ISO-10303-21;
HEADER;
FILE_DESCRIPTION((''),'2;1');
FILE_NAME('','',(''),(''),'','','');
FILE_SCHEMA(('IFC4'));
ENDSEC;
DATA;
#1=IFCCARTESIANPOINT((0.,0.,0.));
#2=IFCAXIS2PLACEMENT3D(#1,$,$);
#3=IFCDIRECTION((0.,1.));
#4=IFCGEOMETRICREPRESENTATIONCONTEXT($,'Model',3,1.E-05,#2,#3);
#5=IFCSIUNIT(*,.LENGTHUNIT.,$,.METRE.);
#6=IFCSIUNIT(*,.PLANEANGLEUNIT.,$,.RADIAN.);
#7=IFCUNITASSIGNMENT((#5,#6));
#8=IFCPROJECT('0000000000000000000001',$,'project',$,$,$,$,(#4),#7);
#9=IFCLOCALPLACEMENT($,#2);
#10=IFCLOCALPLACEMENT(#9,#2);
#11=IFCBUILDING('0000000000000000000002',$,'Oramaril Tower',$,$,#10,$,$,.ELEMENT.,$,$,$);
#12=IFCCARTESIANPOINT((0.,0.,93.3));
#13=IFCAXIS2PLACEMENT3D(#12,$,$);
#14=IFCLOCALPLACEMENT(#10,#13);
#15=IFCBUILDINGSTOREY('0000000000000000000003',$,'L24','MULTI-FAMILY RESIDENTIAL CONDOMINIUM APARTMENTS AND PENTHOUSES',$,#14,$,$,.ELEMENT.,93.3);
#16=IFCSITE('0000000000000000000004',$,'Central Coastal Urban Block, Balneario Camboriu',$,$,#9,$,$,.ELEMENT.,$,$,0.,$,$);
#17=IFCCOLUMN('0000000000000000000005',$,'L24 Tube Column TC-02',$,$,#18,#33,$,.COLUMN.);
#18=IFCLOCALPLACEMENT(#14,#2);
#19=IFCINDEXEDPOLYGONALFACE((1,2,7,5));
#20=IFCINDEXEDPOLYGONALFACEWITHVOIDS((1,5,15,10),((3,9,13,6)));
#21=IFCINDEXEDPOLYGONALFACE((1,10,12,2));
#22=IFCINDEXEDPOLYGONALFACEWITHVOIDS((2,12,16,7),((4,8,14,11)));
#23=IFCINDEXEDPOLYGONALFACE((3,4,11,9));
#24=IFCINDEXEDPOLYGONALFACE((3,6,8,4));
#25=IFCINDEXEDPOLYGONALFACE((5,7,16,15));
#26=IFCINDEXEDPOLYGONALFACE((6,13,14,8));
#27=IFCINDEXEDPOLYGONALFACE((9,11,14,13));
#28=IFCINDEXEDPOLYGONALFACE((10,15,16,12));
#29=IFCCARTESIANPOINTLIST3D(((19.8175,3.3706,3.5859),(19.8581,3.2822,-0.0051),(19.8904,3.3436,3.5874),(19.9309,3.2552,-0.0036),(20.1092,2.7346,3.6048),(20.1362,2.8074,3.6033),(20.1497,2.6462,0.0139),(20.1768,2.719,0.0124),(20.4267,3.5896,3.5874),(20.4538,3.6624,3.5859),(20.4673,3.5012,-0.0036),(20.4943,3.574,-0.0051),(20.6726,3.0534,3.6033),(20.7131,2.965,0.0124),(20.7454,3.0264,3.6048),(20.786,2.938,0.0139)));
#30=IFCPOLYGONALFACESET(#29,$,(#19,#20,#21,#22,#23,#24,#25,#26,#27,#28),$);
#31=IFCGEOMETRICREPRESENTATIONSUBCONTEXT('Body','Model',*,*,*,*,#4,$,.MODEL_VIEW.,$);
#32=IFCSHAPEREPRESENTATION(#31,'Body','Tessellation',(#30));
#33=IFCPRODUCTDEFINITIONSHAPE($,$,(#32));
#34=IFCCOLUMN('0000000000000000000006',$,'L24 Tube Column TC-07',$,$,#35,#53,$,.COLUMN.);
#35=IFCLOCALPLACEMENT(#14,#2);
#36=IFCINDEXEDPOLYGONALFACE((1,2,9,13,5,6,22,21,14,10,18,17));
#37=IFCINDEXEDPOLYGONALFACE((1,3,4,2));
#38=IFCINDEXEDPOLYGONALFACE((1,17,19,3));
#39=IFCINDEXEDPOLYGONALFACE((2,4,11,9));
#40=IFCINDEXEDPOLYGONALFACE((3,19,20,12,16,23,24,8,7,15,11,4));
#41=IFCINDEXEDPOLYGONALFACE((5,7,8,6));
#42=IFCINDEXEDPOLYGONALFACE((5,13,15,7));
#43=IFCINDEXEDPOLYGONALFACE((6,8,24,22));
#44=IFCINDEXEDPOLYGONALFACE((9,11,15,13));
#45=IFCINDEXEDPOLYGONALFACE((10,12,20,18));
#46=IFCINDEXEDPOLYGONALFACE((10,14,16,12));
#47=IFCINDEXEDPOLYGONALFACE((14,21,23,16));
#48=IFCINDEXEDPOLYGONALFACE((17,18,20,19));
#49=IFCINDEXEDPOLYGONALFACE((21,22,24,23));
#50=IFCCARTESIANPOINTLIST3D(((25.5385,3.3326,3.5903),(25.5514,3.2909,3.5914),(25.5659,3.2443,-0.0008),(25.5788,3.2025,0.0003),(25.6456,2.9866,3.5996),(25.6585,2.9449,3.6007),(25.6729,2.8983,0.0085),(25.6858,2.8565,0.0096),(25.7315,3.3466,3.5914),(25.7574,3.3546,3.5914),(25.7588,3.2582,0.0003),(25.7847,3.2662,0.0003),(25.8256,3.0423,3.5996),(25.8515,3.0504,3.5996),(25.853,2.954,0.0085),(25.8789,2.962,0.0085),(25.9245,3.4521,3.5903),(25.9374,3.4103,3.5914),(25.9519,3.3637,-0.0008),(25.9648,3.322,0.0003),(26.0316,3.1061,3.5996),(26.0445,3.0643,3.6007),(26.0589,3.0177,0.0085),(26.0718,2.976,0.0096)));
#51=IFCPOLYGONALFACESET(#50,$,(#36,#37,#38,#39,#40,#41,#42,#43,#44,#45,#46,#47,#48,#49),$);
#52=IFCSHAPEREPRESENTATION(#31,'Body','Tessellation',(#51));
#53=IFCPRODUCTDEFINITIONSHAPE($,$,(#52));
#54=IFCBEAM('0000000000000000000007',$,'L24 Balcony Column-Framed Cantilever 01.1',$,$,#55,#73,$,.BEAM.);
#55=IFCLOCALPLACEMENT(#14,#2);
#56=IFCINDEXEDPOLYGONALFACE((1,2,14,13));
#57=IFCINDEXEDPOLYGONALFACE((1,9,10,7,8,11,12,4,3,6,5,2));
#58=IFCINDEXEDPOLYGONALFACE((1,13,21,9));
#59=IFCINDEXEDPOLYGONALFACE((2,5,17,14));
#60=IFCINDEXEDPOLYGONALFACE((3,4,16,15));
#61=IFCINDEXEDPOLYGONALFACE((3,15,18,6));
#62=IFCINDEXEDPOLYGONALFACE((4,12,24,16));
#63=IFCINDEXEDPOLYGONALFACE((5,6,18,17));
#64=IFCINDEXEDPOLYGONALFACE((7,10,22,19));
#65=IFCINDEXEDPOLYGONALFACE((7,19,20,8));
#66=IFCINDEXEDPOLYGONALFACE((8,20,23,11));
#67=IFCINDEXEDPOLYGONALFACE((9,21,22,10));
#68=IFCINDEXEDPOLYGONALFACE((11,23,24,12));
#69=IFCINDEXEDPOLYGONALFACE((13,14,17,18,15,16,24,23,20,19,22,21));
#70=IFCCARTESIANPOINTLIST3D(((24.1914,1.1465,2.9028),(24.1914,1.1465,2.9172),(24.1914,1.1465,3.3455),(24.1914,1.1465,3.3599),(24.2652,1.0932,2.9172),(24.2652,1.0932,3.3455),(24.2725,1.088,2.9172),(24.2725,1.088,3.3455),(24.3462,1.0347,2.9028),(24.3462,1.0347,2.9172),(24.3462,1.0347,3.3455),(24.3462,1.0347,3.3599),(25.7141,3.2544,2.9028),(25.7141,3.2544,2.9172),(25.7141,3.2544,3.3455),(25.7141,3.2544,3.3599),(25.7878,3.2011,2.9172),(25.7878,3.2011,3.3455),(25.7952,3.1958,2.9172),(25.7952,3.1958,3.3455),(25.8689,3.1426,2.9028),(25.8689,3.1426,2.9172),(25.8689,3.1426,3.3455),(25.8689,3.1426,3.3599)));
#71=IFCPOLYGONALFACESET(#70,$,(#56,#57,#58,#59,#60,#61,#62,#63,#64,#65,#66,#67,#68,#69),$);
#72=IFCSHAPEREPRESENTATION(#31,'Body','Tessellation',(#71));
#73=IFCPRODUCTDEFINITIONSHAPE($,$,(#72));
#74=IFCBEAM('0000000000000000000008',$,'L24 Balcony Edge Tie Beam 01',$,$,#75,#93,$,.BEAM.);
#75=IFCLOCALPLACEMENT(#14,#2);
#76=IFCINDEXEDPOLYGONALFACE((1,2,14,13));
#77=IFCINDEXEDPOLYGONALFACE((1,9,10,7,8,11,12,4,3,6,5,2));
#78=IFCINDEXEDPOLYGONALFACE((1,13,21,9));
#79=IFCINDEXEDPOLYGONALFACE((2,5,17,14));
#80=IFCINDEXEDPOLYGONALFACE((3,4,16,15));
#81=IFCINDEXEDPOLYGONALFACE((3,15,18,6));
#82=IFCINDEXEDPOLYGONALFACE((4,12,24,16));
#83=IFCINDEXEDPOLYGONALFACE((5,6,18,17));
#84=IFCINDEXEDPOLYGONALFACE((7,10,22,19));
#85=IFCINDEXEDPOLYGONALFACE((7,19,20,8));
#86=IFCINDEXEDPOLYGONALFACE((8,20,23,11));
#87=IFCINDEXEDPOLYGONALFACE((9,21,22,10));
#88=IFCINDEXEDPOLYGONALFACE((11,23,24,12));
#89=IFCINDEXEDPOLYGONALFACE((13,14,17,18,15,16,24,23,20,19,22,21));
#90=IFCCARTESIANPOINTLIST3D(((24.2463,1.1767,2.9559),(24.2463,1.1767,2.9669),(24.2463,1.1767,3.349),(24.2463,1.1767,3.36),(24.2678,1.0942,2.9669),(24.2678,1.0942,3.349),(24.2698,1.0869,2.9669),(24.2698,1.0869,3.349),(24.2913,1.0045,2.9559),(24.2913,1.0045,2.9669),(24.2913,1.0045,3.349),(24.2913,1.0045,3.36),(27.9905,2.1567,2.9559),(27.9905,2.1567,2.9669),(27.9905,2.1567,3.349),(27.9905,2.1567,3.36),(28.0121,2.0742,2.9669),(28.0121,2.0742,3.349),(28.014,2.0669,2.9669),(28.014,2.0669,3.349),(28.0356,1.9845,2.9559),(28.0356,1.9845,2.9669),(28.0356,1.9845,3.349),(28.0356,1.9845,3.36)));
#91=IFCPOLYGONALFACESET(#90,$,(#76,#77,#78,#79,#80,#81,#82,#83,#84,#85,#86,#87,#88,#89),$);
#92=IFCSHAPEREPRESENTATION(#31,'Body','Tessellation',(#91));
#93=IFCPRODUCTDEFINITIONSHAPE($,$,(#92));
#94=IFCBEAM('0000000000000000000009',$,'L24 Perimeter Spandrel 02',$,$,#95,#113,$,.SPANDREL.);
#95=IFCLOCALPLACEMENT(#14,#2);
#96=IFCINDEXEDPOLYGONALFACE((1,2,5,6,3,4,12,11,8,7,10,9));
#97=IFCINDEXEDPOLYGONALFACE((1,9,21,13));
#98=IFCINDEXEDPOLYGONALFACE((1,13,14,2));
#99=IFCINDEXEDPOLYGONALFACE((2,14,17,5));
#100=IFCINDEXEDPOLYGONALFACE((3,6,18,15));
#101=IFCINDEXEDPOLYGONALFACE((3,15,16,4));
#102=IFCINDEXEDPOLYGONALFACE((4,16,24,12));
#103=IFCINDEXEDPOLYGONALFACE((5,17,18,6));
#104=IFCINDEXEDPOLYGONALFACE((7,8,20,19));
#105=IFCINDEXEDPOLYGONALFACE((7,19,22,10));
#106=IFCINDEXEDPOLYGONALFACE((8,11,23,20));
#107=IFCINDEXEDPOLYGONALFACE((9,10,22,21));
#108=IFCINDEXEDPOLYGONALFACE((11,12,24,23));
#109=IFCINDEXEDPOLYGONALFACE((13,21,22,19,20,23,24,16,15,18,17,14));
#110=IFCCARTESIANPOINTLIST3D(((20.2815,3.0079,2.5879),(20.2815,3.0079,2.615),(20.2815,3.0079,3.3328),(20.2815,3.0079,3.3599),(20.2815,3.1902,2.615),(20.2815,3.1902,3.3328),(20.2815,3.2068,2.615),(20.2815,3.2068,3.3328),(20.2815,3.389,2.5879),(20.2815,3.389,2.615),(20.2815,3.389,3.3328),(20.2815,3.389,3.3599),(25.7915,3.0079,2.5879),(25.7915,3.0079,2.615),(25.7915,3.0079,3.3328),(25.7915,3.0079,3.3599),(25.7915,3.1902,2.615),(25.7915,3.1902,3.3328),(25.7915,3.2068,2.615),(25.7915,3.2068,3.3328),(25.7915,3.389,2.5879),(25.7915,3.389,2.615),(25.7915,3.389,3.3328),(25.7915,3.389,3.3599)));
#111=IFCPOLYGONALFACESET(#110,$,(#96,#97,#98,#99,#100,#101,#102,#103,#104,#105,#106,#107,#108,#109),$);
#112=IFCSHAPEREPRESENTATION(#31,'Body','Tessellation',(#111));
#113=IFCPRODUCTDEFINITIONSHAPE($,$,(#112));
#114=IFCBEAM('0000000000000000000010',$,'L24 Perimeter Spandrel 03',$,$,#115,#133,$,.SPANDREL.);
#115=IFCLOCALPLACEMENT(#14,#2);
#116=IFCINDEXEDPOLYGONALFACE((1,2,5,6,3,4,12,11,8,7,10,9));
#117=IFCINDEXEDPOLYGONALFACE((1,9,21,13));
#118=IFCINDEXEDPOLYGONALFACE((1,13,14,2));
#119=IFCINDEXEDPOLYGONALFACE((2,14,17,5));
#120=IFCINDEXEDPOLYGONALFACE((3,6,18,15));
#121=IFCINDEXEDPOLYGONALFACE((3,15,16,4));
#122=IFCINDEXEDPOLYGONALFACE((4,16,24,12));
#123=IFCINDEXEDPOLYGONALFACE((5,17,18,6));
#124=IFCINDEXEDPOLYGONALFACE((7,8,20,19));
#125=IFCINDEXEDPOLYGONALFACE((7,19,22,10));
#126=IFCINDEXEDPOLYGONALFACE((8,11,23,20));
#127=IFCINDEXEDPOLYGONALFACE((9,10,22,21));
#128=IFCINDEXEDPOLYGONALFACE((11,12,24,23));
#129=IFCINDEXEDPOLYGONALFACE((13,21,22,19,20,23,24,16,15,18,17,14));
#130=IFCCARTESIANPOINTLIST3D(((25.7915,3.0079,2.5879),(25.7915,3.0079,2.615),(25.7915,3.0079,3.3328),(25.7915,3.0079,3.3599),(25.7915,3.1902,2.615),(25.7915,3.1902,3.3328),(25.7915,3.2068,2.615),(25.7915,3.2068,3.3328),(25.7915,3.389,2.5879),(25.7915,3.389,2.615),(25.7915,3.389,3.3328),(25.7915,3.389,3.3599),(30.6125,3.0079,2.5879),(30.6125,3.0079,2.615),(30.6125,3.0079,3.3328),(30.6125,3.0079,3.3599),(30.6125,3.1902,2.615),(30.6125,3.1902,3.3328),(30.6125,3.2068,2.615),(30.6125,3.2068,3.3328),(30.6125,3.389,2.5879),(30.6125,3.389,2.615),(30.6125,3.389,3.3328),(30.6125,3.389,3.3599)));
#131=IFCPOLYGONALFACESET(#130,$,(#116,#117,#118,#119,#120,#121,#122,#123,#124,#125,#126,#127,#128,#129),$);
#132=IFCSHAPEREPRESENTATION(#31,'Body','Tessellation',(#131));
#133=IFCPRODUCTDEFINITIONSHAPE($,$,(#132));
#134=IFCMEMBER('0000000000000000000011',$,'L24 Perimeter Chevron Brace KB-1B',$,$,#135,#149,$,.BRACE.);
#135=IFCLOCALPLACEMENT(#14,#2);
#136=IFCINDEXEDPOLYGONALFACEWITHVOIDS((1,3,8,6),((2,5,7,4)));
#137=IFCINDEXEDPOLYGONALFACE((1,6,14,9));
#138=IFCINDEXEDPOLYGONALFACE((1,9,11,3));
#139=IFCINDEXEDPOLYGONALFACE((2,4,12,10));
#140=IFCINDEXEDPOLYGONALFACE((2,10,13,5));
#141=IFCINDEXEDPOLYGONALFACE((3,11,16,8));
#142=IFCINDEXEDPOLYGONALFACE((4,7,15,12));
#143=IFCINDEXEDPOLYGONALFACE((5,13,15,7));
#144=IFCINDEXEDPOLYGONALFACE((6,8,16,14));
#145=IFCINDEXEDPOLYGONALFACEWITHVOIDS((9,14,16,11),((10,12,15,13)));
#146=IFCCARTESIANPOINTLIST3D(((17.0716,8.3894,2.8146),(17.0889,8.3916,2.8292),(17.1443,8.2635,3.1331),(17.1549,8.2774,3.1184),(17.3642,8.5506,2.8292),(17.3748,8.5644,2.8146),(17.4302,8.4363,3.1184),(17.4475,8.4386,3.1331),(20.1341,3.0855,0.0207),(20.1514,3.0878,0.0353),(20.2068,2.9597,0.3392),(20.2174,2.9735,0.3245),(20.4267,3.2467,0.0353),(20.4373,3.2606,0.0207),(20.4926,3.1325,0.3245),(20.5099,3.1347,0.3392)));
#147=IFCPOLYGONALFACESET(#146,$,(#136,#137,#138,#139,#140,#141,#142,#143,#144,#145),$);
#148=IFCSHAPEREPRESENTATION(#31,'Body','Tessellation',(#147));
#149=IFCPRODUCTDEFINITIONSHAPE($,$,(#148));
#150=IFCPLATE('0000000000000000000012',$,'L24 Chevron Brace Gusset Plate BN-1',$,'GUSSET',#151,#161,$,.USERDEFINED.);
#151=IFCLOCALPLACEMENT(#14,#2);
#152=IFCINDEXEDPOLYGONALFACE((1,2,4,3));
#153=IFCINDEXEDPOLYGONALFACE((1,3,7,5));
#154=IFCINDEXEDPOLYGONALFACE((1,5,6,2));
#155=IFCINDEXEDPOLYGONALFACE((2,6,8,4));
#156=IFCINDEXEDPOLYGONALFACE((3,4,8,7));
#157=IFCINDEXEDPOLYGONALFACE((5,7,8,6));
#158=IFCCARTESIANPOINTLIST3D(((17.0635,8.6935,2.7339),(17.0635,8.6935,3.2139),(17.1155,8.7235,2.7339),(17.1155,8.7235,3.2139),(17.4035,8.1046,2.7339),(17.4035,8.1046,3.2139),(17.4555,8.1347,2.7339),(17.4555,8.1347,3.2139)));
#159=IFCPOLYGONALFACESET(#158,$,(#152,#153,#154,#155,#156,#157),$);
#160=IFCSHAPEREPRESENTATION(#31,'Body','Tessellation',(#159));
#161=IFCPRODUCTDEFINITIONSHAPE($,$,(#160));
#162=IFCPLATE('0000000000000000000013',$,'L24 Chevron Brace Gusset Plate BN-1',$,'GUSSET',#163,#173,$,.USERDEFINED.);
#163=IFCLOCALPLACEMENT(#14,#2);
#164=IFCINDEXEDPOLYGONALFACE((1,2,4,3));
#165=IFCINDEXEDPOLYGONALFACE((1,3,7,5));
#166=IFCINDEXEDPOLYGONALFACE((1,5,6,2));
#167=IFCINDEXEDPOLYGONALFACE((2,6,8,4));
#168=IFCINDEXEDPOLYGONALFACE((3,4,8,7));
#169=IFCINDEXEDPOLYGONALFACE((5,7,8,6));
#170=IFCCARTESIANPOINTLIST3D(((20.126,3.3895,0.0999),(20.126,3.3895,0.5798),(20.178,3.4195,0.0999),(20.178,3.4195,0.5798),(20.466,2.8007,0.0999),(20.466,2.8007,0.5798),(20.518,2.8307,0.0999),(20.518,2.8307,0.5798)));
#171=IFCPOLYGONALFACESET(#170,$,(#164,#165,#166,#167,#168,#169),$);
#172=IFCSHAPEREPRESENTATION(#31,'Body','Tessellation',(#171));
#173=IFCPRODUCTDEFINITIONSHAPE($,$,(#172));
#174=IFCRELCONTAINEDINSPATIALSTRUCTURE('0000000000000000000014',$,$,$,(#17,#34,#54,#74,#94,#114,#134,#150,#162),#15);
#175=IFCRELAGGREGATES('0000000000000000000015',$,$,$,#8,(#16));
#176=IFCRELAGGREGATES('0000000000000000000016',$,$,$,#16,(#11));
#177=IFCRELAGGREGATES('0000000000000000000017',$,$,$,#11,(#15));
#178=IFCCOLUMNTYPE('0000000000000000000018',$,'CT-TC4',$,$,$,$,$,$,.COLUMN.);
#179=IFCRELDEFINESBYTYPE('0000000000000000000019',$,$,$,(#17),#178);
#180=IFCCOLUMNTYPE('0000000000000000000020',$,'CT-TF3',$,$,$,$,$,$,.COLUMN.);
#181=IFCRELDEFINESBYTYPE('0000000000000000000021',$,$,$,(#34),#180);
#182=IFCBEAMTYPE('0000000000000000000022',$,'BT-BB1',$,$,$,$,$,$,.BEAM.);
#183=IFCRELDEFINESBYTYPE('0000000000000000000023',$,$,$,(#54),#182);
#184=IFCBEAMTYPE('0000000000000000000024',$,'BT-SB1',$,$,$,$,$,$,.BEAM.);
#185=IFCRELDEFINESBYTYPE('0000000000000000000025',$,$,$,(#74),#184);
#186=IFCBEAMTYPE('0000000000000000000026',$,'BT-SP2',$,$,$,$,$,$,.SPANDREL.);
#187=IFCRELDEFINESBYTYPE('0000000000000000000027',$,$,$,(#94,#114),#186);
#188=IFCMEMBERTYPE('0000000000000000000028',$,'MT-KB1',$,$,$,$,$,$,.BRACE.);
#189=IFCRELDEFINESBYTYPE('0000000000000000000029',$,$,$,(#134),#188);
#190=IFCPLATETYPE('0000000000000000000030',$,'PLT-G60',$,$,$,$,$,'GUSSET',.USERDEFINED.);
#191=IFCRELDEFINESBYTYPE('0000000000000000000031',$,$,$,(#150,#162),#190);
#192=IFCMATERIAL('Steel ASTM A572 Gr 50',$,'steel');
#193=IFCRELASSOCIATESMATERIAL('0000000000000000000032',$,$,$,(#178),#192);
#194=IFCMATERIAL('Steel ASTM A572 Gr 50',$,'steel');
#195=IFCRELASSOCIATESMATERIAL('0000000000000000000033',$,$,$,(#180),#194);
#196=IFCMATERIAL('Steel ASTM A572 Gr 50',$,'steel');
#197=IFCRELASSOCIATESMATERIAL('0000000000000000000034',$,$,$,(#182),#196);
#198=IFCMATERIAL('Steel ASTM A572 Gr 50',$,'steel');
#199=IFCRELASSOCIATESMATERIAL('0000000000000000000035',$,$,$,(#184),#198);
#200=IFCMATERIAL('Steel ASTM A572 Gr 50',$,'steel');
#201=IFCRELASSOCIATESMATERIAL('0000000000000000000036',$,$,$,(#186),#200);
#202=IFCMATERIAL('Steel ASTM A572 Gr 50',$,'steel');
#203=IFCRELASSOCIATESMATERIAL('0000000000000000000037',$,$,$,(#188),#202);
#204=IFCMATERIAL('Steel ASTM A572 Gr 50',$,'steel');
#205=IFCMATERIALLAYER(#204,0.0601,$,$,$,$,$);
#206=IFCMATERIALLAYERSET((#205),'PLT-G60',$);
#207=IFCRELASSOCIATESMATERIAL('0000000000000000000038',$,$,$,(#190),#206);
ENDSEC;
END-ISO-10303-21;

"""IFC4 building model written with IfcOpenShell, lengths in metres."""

from ifc_helpers import new_model, si_unit, direction, frame, origin, origin_2d, place, context, subcontext, project, spatial, rectangle, hollow_rectangle, i_section, extrude, material, layer, layer_set, material_profile, profile_set, type_object, element, save


model = new_model("IFC4")

# Units and contexts
model_context = context("Model", 3, precision=1e-05, world=origin(), true_north=direction((0.0, 1.0)))
body_context = subcontext(model_context, "Body", "Model", "MODEL_VIEW")
ifc_project = project(units=[si_unit("LENGTHUNIT", "METRE"), si_unit("PLANEANGLEUNIT", "RADIAN")], contexts=[model_context])

# Site, building, storey
site_placement = place(None, origin())
site = spatial("IfcSite", under=ifc_project, at=site_placement, Name="Central Coastal Urban Block, Balneario Camboriu", CompositionType="ELEMENT", RefElevation=0.0)
building_placement = place(site_placement, origin())
building = spatial("IfcBuilding", under=site, at=building_placement, Name="Oramaril Tower", CompositionType="ELEMENT")
storey_placement = place(building_placement, frame((0.0, 0.0, 93.3)))
storey = spatial("IfcBuildingStorey", under=building, at=storey_placement, Name="L24", Description="MULTI-FAMILY RESIDENTIAL CONDOMINIUM APARTMENTS AND PENTHOUSES", CompositionType="ELEMENT", Elevation=93.3)

# Columns
ifc_material_1 = material(Name="Steel ASTM A572 Gr 50", Category="steel")
ifc_material_profile_1 = material_profile(ifc_material_1, hollow_rectangle(XDim=0.7, YDim=0.7, WallThickness=0.0549, at=origin_2d()), Name="BOX700X700X55")
ifc_profile_set_1 = profile_set([ifc_material_profile_1], Name="Steel ASTM A572 Gr 50")
column_type_1 = type_object("IfcColumnType", Name="CT-TC4", PredefinedType="COLUMN", material=ifc_profile_set_1)
column_1_placement = place(storey_placement, frame((20.322, 3.1101, 0.0044), z_axis=(-0.011281, 0.024602, 0.999634), x_axis=(-0.908986, -0.416828, 0.0)))
element("IfcColumn", 1, at=column_1_placement, inside=storey, type_object=column_type_1, Name="L24 Tube Column TC-02", PredefinedType="COLUMN", context=body_context, shape_type="SweptSolid", body=[
    extrude(hollow_rectangle(XDim=0.7, YDim=0.7, WallThickness=0.0549, at=origin_2d()), origin(), (0.0, 0.0, 1.0), 3.5923),
])
ifc_material_2 = material(Name="Steel ASTM A572 Gr 50", Category="steel")
ifc_material_profile_2 = material_profile(ifc_material_2, i_section(OverallWidth=0.4041, OverallDepth=0.406, WebThickness=0.0271, FlangeThickness=0.0437, at=origin_2d()), Name="W14X233")
ifc_profile_set_2 = profile_set([ifc_material_profile_2], Name="Steel ASTM A572 Gr 50")
column_type_2 = type_object("IfcColumnType", Name="CT-TF3", PredefinedType="COLUMN", material=ifc_profile_set_2)
column_2_placement = place(storey_placement, frame((25.8188, 3.1101, 0.0044), z_axis=(-0.007612, 0.024603, 0.999668), x_axis=(-0.955321, -0.295569, 0.0)))
element("IfcColumn", 2, at=column_2_placement, inside=storey, type_object=column_type_2, Name="L24 Tube Column TC-07", PredefinedType="COLUMN", context=body_context, shape_type="SweptSolid", body=[
    extrude(i_section(OverallWidth=0.4041, OverallDepth=0.406, WebThickness=0.0271, FlangeThickness=0.0437, at=origin_2d()), origin(), (0.0, 0.0, 1.0), 3.5923),
])

# Beams
ifc_material_3 = material(Name="Steel ASTM A572 Gr 50", Category="steel")
ifc_material_profile_3 = material_profile(ifc_material_3, i_section(OverallWidth=0.1909, OverallDepth=0.457, WebThickness=0.009, FlangeThickness=0.0144, at=origin_2d()), Name="W18X50")
ifc_profile_set_3 = profile_set([ifc_material_profile_3], Name="Steel ASTM A572 Gr 50")
beam_type_1 = type_object("IfcBeamType", Name="BT-BB1", PredefinedType="BEAM", material=ifc_profile_set_3)
beam_1_placement = place(storey_placement, frame((25.7915, 3.1985, 3.1313), z_axis=(-0.585573, -0.81062, 0.0), x_axis=(0.81062, -0.585573, 0.0)))
element("IfcBeam", 3, at=beam_1_placement, inside=storey, type_object=beam_type_1, Name="L24 Balcony Column-Framed Cantilever 01.1", PredefinedType="BEAM", context=body_context, shape_type="SweptSolid", body=[
    extrude(i_section(OverallWidth=0.1909, OverallDepth=0.457, WebThickness=0.009, FlangeThickness=0.0144, at=origin_2d()), origin(), (0.0, 0.0, 1.0), 2.6003),
])
ifc_material_4 = material(Name="Steel ASTM A572 Gr 50", Category="steel")
ifc_material_profile_4 = material_profile(ifc_material_4, i_section(OverallWidth=0.178, OverallDepth=0.4041, WebThickness=0.0076, FlangeThickness=0.011, at=origin_2d()), Name="W16X36")
ifc_profile_set_4 = profile_set([ifc_material_profile_4], Name="Steel ASTM A572 Gr 50")
beam_type_2 = type_object("IfcBeamType", Name="BT-SB1", PredefinedType="BEAM", material=ifc_profile_set_4)
beam_2_placement = place(storey_placement, frame((24.2688, 1.0906, 3.158), z_axis=(0.967412, 0.253208, 0.0), x_axis=(-0.253208, 0.967412, 0.0)))
element("IfcBeam", 4, at=beam_2_placement, inside=storey, type_object=beam_type_2, Name="L24 Balcony Edge Tie Beam 01", PredefinedType="BEAM", context=body_context, shape_type="SweptSolid", body=[
    extrude(i_section(OverallWidth=0.178, OverallDepth=0.4041, WebThickness=0.0076, FlangeThickness=0.011, at=origin_2d()), origin(), (0.0, 0.0, 1.0), 3.8704),
])
ifc_material_5 = material(Name="Steel ASTM A572 Gr 50", Category="steel")
ifc_material_profile_5 = material_profile(ifc_material_5, i_section(OverallWidth=0.3811, OverallDepth=0.772, WebThickness=0.0166, FlangeThickness=0.0271, at=origin_2d()), Name="W30X173")
ifc_profile_set_5 = profile_set([ifc_material_profile_5], Name="Steel ASTM A572 Gr 50")
beam_type_3 = type_object("IfcBeamType", Name="BT-SP2", PredefinedType="SPANDREL", material=ifc_profile_set_5)
beam_3_placement = place(storey_placement, frame((20.2815, 3.1985, 2.9739), z_axis=(1.0, 0.0, 0.0), x_axis=(0.0, 1.0, 0.0)))
element("IfcBeam", 5, at=beam_3_placement, inside=storey, type_object=beam_type_3, Name="L24 Perimeter Spandrel 02", PredefinedType="SPANDREL", context=body_context, shape_type="SweptSolid", body=[
    extrude(i_section(OverallWidth=0.3811, OverallDepth=0.772, WebThickness=0.0166, FlangeThickness=0.0271, at=origin_2d()), origin(), (0.0, 0.0, 1.0), 5.51),
])
beam_4_placement = place(storey_placement, frame((25.7915, 3.1985, 2.9739), z_axis=(1.0, 0.0, 0.0), x_axis=(0.0, 1.0, 0.0)))
element("IfcBeam", 6, at=beam_4_placement, inside=storey, type_object=beam_type_3, Name="L24 Perimeter Spandrel 03", PredefinedType="SPANDREL", context=body_context, shape_type="SweptSolid", body=[
    extrude(i_section(OverallWidth=0.3811, OverallDepth=0.772, WebThickness=0.0166, FlangeThickness=0.0271, at=origin_2d()), origin(), (0.0, 0.0, 1.0), 4.821),
])

# Member
ifc_material_6 = material(Name="Steel ASTM A572 Gr 50", Category="steel")
ifc_material_profile_6 = material_profile(ifc_material_6, hollow_rectangle(XDim=0.3501, YDim=0.3501, WallThickness=0.0161, at=origin_2d()), Name="HSS350X350X16")
ifc_profile_set_6 = profile_set([ifc_material_profile_6], Name="Steel ASTM A572 Gr 50")
member_type = type_object("IfcMemberType", Name="MT-KB1", PredefinedType="BRACE", material=ifc_profile_set_6)
member_placement = place(storey_placement, frame((20.322, 3.1101, 0.1799), z_axis=(-0.454931, 0.787897, 0.415038), x_axis=(-0.866007, -0.500032, 0.0)))
element("IfcMember", 7, at=member_placement, inside=storey, type_object=member_type, Name="L24 Perimeter Chevron Brace KB-1B", PredefinedType="BRACE", context=body_context, shape_type="SweptSolid", body=[
    extrude(hollow_rectangle(XDim=0.3501, YDim=0.3501, WallThickness=0.0161, at=origin_2d()), origin(), (0.0, 0.0, 1.0), 6.7317),
])

# Plates
ifc_material_7 = material(Name="Steel ASTM A572 Gr 50", Category="steel")
ifc_layer_1 = layer(ifc_material_7, 0.0601)
ifc_layer_set_1 = layer_set([ifc_layer_1], Name="PLT-G60")
plate_type = type_object("IfcPlateType", Name="PLT-G60", ElementType="GUSSET", PredefinedType="USERDEFINED", material=ifc_layer_set_1)
for number, where, z_axis, x_axis, name in (
    (8, (17.2595, 8.4141, 2.7339), (0.0, 0.0, 1.0), (0.5, -0.866025, 0.0), "L24 Chevron Brace Gusset Plate BN-1"),
    (9, (20.322, 3.1101, 0.0999), (0.0, 0.0, 1.0), (0.5, -0.866025, 0.0), "L24 Chevron Brace Gusset Plate BN-1"),
):
    element("IfcPlate", number, at=place(storey_placement, frame(where, z_axis=z_axis, x_axis=x_axis)), inside=storey, type_object=plate_type, Name=name, ObjectType="GUSSET", PredefinedType="USERDEFINED", context=body_context, shape_type="SweptSolid", body=[
        extrude(rectangle(XDim=0.6799, YDim=0.0601, at=origin_2d()), origin(), (0.0, 0.0, 1.0), 0.48),
    ])

save(model, "model.ifc")
